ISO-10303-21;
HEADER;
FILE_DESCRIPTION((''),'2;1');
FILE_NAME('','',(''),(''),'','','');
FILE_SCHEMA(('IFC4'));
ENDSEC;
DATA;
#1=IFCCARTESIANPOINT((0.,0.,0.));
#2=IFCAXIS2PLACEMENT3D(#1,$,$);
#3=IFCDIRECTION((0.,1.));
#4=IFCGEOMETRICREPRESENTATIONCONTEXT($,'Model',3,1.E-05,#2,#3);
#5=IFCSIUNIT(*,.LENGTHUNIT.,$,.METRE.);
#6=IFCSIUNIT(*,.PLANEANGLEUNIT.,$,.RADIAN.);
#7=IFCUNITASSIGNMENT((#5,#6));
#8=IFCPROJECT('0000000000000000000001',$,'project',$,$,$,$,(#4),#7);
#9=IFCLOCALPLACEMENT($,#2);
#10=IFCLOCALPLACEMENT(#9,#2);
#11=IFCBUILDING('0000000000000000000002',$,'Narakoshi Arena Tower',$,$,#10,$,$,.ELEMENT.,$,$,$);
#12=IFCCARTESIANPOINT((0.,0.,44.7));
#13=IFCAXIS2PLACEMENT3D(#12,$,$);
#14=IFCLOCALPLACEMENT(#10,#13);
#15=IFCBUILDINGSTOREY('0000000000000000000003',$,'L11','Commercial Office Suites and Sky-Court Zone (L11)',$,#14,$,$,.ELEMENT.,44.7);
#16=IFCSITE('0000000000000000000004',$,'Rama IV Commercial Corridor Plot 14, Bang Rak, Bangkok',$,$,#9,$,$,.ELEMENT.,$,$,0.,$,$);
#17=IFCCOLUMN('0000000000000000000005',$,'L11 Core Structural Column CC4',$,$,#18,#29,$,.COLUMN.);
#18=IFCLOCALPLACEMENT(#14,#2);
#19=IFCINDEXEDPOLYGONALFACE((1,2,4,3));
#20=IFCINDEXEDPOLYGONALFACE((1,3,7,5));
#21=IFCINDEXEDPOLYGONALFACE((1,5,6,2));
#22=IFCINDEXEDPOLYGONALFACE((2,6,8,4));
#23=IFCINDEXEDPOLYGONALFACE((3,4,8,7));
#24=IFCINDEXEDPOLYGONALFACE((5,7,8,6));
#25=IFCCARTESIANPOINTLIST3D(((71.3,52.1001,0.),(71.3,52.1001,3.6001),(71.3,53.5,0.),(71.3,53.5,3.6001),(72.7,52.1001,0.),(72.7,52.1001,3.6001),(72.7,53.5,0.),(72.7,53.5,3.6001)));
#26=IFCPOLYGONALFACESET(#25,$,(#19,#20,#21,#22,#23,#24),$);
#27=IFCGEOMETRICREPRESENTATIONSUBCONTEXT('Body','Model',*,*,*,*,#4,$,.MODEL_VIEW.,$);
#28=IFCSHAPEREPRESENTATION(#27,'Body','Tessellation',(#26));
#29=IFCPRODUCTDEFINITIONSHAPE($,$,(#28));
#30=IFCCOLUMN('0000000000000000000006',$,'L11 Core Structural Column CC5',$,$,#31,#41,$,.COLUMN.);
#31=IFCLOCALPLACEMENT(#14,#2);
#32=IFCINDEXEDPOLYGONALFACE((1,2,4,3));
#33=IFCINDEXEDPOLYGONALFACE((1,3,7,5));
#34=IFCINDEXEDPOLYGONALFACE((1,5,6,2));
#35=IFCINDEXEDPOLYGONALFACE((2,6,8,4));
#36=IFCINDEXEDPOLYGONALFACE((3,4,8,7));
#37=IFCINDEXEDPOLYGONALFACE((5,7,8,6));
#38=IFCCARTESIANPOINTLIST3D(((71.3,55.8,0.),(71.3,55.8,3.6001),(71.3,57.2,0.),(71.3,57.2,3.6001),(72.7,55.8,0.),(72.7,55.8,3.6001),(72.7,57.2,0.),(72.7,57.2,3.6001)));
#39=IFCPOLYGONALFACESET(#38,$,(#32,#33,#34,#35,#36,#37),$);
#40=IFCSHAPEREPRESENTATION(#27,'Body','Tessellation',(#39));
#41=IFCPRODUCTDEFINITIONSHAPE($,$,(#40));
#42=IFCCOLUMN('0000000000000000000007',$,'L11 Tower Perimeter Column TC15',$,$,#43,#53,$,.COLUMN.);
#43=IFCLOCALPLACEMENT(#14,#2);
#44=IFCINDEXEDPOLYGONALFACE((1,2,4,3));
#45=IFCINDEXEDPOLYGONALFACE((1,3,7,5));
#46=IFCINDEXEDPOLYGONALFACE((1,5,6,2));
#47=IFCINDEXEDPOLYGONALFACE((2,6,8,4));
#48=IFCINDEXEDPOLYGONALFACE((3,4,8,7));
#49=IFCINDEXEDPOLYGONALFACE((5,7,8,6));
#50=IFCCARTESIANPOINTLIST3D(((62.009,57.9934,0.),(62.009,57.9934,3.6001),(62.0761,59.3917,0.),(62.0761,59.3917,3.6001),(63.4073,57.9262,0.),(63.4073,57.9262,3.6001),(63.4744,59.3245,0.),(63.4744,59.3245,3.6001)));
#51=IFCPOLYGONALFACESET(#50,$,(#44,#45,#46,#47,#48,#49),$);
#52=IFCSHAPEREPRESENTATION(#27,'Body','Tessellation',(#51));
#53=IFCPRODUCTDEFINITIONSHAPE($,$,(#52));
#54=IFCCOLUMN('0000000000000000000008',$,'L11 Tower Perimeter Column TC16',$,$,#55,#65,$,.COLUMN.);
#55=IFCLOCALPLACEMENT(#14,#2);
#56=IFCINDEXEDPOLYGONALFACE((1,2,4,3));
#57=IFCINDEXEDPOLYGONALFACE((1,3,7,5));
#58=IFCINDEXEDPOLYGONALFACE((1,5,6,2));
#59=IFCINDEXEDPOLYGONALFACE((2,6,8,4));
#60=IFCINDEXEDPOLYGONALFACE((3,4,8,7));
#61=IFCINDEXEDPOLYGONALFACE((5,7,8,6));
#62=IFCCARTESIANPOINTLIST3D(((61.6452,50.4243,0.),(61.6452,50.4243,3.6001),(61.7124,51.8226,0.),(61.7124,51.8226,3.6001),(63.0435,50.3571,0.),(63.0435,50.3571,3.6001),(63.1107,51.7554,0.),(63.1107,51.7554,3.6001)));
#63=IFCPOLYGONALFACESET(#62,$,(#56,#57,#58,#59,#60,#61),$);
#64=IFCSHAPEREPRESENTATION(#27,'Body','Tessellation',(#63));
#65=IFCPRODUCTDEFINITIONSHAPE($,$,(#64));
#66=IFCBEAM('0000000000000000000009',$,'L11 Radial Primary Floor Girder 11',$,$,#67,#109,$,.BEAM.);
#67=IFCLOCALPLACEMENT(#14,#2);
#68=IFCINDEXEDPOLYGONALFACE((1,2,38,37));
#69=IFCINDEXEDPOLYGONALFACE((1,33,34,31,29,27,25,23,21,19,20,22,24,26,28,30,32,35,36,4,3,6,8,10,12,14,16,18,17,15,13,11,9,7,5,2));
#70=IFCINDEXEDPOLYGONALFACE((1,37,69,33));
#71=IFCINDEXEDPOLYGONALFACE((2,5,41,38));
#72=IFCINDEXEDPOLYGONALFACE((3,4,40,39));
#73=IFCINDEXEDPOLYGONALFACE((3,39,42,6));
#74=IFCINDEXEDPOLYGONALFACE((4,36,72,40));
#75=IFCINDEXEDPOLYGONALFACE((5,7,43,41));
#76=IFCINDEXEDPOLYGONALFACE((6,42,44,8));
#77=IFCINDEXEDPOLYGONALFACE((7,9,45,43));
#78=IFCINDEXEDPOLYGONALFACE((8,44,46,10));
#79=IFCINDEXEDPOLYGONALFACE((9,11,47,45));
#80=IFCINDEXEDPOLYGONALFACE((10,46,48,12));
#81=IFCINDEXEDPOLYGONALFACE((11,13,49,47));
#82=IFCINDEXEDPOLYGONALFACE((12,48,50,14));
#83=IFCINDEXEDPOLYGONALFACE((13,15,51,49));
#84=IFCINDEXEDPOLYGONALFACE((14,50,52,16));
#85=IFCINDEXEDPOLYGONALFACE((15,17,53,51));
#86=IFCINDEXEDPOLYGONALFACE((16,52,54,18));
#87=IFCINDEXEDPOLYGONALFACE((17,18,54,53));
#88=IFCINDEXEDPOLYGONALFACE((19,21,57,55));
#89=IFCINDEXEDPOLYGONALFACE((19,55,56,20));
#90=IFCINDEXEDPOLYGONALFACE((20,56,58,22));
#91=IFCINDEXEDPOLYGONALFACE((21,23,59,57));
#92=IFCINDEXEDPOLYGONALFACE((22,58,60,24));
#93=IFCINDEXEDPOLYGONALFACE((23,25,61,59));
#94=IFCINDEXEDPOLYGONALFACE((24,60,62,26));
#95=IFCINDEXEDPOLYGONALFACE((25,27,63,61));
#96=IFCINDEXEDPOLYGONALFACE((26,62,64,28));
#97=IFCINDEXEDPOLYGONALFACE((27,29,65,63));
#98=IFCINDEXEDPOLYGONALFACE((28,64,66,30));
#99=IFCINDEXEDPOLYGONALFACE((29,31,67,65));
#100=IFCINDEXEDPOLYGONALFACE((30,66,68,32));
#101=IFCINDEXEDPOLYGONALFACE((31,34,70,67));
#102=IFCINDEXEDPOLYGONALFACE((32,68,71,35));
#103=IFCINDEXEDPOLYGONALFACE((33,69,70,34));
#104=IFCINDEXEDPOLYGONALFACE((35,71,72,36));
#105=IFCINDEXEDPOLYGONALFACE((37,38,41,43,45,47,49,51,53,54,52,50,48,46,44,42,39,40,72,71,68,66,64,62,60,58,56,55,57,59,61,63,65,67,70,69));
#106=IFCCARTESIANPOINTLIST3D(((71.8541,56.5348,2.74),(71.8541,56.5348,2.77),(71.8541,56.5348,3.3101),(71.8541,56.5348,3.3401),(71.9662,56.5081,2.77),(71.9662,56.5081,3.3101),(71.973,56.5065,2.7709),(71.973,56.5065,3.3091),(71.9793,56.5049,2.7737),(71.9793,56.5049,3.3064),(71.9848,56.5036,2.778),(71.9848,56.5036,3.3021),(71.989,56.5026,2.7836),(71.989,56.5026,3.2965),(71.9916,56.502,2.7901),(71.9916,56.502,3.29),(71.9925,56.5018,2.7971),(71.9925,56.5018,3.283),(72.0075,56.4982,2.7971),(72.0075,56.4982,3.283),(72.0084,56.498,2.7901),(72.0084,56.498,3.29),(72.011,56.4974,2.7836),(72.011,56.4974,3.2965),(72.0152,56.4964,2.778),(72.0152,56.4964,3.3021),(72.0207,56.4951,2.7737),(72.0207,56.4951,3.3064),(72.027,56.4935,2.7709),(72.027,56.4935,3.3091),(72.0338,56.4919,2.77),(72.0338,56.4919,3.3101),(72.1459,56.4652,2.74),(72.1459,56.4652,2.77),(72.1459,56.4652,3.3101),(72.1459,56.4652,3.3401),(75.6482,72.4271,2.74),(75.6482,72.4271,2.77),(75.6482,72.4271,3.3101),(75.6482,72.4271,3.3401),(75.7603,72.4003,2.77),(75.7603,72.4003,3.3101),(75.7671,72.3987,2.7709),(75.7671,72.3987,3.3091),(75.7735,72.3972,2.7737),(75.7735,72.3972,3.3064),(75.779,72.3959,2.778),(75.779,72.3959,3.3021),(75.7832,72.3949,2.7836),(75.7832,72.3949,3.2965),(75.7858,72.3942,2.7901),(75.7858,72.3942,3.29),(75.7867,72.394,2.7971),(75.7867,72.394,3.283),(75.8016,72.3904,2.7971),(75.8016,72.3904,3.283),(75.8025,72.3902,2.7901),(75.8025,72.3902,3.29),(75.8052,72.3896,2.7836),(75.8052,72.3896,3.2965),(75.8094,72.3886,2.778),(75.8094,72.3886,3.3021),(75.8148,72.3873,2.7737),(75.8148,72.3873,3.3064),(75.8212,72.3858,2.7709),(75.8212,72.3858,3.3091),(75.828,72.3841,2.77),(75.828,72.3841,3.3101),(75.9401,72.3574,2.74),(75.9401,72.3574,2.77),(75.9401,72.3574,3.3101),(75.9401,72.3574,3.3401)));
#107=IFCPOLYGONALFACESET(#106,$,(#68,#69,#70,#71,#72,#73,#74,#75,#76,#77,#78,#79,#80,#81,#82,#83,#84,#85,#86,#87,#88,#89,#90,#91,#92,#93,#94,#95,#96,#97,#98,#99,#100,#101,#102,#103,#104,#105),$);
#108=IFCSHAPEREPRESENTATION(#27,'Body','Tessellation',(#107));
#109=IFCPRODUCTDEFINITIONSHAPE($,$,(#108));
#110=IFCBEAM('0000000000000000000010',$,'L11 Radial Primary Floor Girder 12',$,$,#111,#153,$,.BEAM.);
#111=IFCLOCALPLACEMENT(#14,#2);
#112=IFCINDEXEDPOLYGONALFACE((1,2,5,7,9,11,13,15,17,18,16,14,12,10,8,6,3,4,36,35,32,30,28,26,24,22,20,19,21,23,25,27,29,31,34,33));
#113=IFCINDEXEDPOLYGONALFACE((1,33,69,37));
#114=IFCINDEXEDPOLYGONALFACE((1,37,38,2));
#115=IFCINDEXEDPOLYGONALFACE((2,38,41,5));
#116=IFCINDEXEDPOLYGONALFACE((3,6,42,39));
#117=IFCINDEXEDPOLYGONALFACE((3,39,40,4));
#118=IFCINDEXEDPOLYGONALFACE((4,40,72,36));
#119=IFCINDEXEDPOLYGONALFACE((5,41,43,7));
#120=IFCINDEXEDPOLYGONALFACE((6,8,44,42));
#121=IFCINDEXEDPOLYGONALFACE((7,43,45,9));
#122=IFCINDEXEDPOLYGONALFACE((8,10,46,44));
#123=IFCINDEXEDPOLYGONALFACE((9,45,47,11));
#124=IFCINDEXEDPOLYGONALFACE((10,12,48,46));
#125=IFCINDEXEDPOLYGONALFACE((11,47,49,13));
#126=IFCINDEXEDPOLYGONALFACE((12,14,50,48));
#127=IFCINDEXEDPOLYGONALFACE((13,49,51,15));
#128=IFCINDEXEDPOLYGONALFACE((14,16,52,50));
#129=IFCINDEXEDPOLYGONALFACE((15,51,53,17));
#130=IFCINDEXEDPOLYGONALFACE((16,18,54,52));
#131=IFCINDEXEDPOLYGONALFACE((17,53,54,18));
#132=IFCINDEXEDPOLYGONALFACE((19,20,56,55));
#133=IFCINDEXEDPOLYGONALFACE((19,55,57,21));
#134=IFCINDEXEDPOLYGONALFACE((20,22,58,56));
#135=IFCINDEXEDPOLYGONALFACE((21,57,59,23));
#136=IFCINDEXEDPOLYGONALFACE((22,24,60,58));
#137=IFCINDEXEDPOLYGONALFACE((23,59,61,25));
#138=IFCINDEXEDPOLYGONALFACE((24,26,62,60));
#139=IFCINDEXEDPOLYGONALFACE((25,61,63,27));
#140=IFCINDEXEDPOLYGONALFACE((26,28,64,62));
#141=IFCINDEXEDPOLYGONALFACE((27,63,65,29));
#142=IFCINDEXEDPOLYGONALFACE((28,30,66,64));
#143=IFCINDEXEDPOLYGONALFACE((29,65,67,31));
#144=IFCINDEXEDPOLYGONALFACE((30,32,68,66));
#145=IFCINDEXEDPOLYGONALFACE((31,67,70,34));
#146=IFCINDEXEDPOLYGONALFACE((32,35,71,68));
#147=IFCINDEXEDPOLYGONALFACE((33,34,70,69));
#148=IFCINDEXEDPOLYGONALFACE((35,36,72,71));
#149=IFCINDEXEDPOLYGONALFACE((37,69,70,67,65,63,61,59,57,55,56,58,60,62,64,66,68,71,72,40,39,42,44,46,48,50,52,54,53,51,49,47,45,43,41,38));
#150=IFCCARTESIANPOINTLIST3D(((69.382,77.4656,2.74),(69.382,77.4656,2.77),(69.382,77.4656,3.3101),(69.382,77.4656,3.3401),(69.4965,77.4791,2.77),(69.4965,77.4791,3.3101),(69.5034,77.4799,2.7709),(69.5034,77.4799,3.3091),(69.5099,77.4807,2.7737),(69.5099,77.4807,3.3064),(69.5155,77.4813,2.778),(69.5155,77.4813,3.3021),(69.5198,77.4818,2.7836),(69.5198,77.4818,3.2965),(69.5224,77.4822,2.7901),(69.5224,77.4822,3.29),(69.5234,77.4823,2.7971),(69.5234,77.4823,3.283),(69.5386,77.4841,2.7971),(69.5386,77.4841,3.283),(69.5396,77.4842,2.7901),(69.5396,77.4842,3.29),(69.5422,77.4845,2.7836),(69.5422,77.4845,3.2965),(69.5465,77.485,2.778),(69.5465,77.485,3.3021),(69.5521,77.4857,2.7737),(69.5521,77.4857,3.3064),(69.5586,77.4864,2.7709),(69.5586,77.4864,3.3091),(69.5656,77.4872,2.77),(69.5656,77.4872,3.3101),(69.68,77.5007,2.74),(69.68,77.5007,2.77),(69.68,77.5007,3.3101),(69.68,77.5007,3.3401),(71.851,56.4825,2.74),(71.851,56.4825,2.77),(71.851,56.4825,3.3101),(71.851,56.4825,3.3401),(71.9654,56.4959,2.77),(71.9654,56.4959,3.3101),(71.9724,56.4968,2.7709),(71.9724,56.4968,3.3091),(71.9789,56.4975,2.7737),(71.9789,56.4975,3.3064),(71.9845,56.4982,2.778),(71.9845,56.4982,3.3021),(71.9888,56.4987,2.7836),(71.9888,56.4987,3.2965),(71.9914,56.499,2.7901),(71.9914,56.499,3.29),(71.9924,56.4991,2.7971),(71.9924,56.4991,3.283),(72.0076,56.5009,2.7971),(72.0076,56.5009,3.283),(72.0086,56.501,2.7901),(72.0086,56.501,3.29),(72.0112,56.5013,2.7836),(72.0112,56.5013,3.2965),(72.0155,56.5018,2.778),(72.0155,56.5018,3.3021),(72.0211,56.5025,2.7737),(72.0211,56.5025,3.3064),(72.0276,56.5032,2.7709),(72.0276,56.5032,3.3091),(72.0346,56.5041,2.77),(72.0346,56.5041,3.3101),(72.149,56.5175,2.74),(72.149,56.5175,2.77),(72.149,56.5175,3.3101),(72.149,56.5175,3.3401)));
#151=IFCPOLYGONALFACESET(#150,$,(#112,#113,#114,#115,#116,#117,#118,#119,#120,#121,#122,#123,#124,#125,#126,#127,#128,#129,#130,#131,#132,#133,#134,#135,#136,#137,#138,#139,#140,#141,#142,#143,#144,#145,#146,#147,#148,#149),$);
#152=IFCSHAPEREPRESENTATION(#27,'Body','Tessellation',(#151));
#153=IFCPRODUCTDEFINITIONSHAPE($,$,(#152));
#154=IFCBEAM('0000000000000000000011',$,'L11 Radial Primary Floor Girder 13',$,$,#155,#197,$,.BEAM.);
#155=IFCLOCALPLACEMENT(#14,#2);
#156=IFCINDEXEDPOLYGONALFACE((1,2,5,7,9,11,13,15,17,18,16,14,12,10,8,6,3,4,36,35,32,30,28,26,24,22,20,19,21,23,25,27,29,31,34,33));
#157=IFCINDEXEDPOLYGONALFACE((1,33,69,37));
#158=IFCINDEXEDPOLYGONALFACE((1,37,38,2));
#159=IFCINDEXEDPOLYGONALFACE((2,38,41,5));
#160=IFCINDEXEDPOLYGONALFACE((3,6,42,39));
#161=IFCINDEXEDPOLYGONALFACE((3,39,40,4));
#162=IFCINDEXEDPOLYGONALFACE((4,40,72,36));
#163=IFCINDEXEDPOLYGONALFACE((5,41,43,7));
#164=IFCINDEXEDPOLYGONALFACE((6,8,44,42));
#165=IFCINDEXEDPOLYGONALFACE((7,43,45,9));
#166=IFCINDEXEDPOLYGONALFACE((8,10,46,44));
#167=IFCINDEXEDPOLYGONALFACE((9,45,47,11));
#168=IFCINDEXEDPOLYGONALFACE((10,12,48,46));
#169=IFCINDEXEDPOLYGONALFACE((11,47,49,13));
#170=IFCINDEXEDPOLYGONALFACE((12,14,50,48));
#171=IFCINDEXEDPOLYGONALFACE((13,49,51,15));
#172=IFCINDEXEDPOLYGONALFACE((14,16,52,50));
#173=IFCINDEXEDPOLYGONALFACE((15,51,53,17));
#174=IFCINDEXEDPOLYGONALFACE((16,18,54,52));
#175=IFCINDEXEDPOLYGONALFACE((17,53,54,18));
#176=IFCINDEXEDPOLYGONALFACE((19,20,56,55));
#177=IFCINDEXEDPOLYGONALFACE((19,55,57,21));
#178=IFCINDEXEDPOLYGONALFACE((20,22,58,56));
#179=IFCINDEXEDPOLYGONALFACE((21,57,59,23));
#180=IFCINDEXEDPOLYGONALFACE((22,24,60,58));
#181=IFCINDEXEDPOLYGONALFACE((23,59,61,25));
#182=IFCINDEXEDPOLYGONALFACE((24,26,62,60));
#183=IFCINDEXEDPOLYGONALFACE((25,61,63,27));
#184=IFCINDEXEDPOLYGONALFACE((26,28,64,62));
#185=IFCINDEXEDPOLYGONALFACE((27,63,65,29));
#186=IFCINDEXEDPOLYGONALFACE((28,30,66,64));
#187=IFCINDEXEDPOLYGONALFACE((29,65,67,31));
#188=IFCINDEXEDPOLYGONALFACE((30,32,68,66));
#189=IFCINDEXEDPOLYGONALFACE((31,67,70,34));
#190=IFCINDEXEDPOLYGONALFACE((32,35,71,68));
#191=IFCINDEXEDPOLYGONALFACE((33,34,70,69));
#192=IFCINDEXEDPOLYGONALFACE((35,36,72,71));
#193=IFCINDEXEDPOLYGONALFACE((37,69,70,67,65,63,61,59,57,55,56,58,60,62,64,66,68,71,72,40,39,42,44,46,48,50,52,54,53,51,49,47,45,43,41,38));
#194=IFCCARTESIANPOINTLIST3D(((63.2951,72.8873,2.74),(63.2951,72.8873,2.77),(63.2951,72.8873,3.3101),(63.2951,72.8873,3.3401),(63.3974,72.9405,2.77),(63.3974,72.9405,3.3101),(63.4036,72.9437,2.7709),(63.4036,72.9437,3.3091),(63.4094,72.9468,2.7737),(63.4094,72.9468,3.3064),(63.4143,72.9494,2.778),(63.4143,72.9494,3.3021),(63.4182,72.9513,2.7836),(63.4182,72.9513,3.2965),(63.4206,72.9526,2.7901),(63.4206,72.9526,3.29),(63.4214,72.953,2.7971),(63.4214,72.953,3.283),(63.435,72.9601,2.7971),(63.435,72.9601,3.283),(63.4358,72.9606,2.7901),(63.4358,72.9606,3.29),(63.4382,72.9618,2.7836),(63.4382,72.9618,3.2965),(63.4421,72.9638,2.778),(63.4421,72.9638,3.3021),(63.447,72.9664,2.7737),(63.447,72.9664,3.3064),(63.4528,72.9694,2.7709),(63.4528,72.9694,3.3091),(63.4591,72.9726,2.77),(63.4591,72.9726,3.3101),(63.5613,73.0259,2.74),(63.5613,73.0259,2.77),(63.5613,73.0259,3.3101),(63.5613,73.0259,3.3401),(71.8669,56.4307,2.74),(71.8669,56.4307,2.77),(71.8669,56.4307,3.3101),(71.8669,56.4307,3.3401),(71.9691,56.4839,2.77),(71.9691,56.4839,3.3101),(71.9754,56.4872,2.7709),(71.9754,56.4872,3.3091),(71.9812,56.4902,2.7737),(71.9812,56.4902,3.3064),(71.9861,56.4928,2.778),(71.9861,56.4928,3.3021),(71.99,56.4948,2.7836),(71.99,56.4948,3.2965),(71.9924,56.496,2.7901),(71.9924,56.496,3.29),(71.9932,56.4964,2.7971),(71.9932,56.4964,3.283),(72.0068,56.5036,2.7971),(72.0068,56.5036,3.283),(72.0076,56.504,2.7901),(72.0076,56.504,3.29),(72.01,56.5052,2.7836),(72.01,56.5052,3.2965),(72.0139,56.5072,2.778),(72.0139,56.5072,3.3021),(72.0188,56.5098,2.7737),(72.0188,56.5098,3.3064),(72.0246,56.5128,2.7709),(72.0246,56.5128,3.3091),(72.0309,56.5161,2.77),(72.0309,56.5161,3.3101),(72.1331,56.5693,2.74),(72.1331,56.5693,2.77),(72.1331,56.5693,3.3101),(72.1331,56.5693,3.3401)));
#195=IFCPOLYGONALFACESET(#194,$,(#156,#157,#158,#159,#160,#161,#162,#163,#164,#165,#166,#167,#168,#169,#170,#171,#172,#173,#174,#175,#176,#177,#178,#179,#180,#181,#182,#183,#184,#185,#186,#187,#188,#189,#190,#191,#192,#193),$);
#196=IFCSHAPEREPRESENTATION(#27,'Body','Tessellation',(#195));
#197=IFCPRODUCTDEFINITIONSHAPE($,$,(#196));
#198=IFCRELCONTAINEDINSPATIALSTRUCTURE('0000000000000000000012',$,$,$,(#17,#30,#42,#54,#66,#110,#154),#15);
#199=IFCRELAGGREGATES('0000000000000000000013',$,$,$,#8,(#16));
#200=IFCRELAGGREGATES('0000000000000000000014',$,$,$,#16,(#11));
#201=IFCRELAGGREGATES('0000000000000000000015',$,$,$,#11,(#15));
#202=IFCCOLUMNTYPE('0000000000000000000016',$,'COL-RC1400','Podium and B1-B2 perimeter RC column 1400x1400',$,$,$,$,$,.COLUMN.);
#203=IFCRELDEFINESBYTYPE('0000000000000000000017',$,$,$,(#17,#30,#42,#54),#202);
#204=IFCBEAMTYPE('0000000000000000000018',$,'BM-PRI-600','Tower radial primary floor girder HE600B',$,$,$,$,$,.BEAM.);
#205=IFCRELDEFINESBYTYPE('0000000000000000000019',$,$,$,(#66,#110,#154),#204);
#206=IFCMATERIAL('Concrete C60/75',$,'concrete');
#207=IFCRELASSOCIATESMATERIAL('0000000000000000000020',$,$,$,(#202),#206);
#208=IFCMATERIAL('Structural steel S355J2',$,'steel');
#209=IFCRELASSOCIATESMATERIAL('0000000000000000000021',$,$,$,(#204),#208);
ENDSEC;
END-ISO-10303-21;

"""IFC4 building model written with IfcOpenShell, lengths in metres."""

from ifc_helpers import new_model, si_unit, direction, frame, origin, origin_2d, place, context, subcontext, project, spatial, rectangle, i_section, extrude, material, material_profile, profile_set, type_object, element, save


model = new_model("IFC4")

# Units and contexts
model_context = context("Model", 3, precision=1e-05, world=origin(), true_north=direction((0.0, 1.0)))
body_context = subcontext(model_context, "Body", "Model", "MODEL_VIEW")
ifc_project = project(units=[si_unit("LENGTHUNIT", "METRE"), si_unit("PLANEANGLEUNIT", "RADIAN")], contexts=[model_context])

# Site, building, storey
site_placement = place(None, origin())
site = spatial("IfcSite", under=ifc_project, at=site_placement, Name="Rama IV Commercial Corridor Plot 14, Bang Rak, Bangkok", CompositionType="ELEMENT", RefElevation=0.0)
building_placement = place(site_placement, origin())
building = spatial("IfcBuilding", under=site, at=building_placement, Name="Narakoshi Arena Tower", CompositionType="ELEMENT")
storey_placement = place(building_placement, frame((0.0, 0.0, 44.7)))
storey = spatial("IfcBuildingStorey", under=building, at=storey_placement, Name="L11", Description="Commercial Office Suites and Sky-Court Zone (L11)", CompositionType="ELEMENT", Elevation=44.7)

# Columns
ifc_material_1 = material(Name="Concrete C60/75", Category="concrete")
ifc_material_profile_1 = material_profile(ifc_material_1, rectangle(XDim=1.3999, YDim=1.3999, at=origin_2d()), Name="RC1400x1400")
ifc_profile_set_1 = profile_set([ifc_material_profile_1], Name="Concrete C60/75")
column_type = type_object("IfcColumnType", Name="COL-RC1400", Description="Podium and B1-B2 perimeter RC column 1400x1400", PredefinedType="COLUMN", material=ifc_profile_set_1)
for number, where, z_axis, x_axis, name in (
    (1, (72.0, 52.8, 0.0), (0.0, 0.0, 1.0), (1.0, 0.0, 0.0), "L11 Core Structural Column CC4"),
    (2, (72.0, 56.5, 0.0), (0.0, 0.0, 1.0), (1.0, 0.0, 0.0), "L11 Core Structural Column CC5"),
    (3, (62.7417, 58.6589, 0.0), (0.0, 0.0, 1.0), (0.047978, 0.998848, 0.0), "L11 Tower Perimeter Column TC15"),
    (4, (62.3779, 51.0898, 0.0), (0.0, 0.0, 1.0), (0.047978, 0.998848, 0.0), "L11 Tower Perimeter Column TC16"),
):
    element("IfcColumn", number, at=place(storey_placement, frame(where, z_axis=z_axis, x_axis=x_axis)), inside=storey, type_object=column_type, Name=name, PredefinedType="COLUMN", context=body_context, shape_type="SweptSolid", body=[
        extrude(rectangle(XDim=1.3999, YDim=1.3999, at=origin_2d()), origin(), (0.0, 0.0, 1.0), 3.6001),
    ])

# Beams
ifc_material_2 = material(Name="Structural steel S355J2", Category="steel")
ifc_material_profile_2 = material_profile(ifc_material_2, i_section(OverallWidth=0.3, OverallDepth=0.6001, WebThickness=0.0154, FlangeThickness=0.03, FilletRadius=0.0271, at=origin_2d()), Name="HE600B")
ifc_profile_set_2 = profile_set([ifc_material_profile_2], Name="Structural steel S355J2")
beam_type_1 = type_object("IfcBeamType", Name="BM-PRI-600", Description="Tower radial primary floor girder HE600B", PredefinedType="BEAM", material=ifc_profile_set_2)
beam_1_placement = place(storey_placement, frame((72.0, 56.5, 3.04), z_axis=(0.232217, 0.972664, 0.0), x_axis=(-0.972664, 0.232217, 0.0)))
element("IfcBeam", 5, at=beam_1_placement, inside=storey, type_object=beam_type_1, Name="L11 Radial Primary Floor Girder 11", PredefinedType="BEAM", context=body_context, shape_type="SweptSolid", body=[
    extrude(i_section(OverallWidth=0.3, OverallDepth=0.6001, WebThickness=0.0154, FlangeThickness=0.03, FilletRadius=0.0271, at=origin_2d()), origin(), (0.0, 0.0, 1.0), 16.3389),
])
beam_2_placement = place(storey_placement, frame((72.0, 56.5, 3.04), z_axis=(-0.116859, 0.993148, 0.0), x_axis=(-0.993148, -0.116859, 0.0)))
element("IfcBeam", 6, at=beam_2_placement, inside=storey, type_object=beam_type_1, Name="L11 Radial Primary Floor Girder 12", PredefinedType="BEAM", context=body_context, shape_type="SweptSolid", body=[
    extrude(i_section(OverallWidth=0.3, OverallDepth=0.6001, WebThickness=0.0154, FlangeThickness=0.03, FilletRadius=0.0271, at=origin_2d()), origin(), (0.0, 0.0, 1.0), 21.1279),
])
beam_3_placement = place(storey_placement, frame((72.0, 56.5, 3.04), z_axis=(-0.461962, 0.886899, 0.0), x_axis=(-0.886899, -0.461962, 0.0)))
element("IfcBeam", 7, at=beam_3_placement, inside=storey, type_object=beam_type_1, Name="L11 Radial Primary Floor Girder 13", PredefinedType="BEAM", context=body_context, shape_type="SweptSolid", body=[
    extrude(i_section(OverallWidth=0.3, OverallDepth=0.6001, WebThickness=0.0154, FlangeThickness=0.03, FilletRadius=0.0271, at=origin_2d()), origin(), (0.0, 0.0, 1.0), 18.5552),
])

save(model, "model.ifc")
